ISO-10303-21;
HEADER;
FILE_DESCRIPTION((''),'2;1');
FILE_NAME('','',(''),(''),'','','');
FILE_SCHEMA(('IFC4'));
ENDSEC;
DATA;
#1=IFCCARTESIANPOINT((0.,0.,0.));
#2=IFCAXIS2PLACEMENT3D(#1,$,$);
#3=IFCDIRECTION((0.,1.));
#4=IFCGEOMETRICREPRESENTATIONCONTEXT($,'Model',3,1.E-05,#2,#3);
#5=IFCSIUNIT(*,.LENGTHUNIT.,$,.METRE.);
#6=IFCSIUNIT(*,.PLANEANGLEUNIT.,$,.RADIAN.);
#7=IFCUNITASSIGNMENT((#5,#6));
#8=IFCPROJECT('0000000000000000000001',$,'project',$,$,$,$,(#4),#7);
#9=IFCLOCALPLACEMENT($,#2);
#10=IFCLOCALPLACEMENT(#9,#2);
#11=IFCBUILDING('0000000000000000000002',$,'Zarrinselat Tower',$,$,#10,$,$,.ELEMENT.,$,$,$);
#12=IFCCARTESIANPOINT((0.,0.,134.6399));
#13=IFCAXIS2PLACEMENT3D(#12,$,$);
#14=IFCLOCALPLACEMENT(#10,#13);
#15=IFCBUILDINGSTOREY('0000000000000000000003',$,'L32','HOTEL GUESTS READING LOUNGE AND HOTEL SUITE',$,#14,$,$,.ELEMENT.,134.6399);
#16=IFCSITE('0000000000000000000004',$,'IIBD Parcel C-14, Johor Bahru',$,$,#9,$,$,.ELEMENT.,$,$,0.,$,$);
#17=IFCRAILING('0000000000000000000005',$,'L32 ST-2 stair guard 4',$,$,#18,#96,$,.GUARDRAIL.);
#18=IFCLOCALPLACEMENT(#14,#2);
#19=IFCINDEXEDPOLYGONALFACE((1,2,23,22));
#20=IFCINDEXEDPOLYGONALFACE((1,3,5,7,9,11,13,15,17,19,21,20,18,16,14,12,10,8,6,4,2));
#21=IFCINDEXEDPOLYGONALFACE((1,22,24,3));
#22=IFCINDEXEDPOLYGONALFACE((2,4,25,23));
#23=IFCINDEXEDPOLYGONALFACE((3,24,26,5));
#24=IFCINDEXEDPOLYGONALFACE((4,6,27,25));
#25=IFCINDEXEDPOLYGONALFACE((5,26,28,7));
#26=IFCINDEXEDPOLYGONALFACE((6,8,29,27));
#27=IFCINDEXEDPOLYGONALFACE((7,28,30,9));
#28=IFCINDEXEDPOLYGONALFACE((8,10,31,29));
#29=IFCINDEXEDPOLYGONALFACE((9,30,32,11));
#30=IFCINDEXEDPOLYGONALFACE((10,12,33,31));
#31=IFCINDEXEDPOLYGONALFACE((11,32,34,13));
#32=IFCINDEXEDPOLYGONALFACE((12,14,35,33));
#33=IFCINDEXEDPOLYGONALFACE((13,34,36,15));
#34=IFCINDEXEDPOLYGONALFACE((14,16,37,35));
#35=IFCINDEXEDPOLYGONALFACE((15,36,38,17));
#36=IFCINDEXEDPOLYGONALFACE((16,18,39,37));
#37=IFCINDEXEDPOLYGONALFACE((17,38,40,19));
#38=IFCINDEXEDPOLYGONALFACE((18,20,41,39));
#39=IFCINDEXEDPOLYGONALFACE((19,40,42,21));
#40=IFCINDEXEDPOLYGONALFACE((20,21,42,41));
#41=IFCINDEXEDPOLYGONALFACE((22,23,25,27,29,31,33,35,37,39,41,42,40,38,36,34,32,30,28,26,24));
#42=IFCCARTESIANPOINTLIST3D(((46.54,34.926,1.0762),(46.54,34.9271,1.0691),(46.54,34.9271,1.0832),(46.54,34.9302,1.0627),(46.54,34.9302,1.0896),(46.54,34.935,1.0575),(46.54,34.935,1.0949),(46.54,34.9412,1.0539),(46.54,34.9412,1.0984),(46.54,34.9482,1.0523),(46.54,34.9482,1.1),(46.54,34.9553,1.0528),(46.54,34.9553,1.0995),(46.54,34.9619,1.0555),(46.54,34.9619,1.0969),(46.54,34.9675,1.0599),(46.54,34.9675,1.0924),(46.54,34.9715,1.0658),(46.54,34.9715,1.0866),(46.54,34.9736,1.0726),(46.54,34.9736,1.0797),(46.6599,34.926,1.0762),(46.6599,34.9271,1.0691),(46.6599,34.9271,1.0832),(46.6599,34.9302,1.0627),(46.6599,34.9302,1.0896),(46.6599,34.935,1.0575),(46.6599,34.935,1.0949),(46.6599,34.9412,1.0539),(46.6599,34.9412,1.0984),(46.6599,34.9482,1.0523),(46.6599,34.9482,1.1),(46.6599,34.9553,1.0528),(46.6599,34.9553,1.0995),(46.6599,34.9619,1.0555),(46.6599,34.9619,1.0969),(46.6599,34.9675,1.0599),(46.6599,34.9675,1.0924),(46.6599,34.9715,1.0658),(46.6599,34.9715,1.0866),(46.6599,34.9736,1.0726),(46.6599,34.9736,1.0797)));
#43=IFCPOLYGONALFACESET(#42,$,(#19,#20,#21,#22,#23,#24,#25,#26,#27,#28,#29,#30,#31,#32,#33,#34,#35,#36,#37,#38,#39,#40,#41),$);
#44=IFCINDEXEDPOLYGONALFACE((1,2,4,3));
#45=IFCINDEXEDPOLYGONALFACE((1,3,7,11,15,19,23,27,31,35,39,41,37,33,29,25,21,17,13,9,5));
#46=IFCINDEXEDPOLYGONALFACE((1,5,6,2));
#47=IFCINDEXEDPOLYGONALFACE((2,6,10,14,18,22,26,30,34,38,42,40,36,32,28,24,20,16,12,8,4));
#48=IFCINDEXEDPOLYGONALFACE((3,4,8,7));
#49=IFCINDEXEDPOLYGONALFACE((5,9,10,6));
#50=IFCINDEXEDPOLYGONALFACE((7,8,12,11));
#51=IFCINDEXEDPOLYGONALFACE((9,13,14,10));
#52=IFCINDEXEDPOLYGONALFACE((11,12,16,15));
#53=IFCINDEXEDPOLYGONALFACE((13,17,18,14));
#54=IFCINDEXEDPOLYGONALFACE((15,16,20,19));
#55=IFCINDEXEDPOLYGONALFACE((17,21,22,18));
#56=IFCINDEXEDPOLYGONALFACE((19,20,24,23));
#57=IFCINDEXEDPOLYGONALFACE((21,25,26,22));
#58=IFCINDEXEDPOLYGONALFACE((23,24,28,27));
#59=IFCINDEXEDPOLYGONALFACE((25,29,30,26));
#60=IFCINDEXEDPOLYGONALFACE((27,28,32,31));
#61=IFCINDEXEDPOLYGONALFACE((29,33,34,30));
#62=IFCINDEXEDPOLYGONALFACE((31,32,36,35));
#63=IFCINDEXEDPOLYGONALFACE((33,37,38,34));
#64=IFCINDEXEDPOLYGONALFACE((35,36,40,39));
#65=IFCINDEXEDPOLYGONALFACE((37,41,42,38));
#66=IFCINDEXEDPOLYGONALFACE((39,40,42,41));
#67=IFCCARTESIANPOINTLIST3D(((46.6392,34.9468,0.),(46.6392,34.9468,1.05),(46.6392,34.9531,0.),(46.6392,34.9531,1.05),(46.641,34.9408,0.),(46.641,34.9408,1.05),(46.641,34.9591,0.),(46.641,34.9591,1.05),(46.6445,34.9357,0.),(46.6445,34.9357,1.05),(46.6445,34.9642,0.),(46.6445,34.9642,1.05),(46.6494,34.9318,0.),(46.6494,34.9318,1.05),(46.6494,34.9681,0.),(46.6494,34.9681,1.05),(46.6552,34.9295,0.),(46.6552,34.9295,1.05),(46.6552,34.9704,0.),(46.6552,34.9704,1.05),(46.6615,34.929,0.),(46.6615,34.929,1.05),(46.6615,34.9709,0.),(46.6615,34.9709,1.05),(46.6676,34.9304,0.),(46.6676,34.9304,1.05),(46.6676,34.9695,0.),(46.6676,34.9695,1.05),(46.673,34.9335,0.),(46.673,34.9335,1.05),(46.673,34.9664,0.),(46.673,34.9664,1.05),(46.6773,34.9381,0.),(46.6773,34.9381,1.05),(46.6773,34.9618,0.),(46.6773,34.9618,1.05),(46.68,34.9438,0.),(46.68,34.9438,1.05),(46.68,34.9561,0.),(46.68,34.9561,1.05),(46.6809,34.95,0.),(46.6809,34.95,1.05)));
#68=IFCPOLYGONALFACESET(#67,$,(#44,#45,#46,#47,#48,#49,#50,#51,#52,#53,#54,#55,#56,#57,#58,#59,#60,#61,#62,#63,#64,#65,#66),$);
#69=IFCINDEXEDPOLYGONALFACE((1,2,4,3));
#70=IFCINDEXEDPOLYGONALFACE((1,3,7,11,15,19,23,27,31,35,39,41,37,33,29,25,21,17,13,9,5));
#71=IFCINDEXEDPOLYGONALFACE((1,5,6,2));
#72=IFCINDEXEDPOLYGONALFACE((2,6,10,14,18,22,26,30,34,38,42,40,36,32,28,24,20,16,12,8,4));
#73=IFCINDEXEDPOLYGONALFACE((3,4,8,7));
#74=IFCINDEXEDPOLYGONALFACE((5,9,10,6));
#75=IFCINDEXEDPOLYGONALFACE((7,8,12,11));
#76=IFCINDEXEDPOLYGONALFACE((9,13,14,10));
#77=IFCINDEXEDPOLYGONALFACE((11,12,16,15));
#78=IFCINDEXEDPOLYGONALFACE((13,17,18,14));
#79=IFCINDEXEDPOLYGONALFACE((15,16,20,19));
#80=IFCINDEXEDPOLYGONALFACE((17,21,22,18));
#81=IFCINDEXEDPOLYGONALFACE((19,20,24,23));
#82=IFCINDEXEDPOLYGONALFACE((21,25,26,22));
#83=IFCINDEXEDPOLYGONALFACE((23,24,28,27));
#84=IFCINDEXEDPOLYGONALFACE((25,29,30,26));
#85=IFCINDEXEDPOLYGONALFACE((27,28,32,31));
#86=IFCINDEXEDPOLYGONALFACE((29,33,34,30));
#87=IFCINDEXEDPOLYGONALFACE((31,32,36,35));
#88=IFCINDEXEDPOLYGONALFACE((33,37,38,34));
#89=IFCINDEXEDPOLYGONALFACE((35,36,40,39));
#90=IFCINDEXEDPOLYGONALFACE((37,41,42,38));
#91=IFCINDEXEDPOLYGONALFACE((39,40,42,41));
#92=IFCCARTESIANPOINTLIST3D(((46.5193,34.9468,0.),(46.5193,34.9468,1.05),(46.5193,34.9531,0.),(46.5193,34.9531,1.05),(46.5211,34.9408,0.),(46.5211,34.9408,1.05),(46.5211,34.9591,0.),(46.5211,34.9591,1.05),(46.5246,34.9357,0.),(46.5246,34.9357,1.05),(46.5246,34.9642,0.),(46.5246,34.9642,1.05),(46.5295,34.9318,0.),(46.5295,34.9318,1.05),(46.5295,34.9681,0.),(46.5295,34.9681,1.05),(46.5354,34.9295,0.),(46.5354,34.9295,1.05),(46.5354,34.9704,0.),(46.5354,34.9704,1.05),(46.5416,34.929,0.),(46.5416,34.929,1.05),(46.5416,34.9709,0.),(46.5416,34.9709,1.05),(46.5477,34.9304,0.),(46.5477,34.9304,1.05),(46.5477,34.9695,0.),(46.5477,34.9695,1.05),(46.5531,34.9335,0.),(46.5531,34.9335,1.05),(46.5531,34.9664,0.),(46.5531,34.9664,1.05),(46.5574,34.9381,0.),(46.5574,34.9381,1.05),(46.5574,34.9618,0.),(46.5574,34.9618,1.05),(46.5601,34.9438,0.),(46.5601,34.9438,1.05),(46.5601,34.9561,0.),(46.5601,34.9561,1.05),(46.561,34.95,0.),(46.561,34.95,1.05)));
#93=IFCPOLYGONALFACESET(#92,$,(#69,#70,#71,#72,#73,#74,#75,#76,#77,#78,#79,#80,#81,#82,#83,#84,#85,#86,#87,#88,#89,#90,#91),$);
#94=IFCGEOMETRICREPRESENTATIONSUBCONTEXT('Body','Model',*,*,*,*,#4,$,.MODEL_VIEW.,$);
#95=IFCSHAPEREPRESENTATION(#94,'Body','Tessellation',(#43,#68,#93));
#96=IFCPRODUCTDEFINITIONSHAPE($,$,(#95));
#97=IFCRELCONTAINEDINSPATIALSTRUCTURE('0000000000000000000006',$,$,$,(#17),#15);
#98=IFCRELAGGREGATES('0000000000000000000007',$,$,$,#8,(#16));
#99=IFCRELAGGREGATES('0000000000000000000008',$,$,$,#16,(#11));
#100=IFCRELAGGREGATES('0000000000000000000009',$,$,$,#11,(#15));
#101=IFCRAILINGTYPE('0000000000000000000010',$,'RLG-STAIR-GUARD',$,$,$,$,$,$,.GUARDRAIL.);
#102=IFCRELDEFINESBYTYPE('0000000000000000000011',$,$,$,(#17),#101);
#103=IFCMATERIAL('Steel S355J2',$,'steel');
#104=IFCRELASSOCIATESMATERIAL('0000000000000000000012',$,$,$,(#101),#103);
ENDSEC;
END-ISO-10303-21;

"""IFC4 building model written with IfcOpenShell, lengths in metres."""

from ifc_helpers import new_model, si_unit, direction, frame, origin, origin_2d, place, context, subcontext, project, spatial, circle, extrude, material, type_object, element, save


model = new_model("IFC4")

# Units and contexts
model_context = context("Model", 3, precision=1e-05, world=origin(), true_north=direction((0.0, 1.0)))
body_context = subcontext(model_context, "Body", "Model", "MODEL_VIEW")
ifc_project = project(units=[si_unit("LENGTHUNIT", "METRE"), si_unit("PLANEANGLEUNIT", "RADIAN")], contexts=[model_context])

# Site, building, storey
site_placement = place(None, origin())
site = spatial("IfcSite", under=ifc_project, at=site_placement, Name="IIBD Parcel C-14, Johor Bahru", CompositionType="ELEMENT", RefElevation=0.0)
building_placement = place(site_placement, origin())
building = spatial("IfcBuilding", under=site, at=building_placement, Name="Zarrinselat Tower", CompositionType="ELEMENT")
storey_placement = place(building_placement, frame((0.0, 0.0, 134.6399)))
storey = spatial("IfcBuildingStorey", under=building, at=storey_placement, Name="L32", Description="HOTEL GUESTS READING LOUNGE AND HOTEL SUITE", CompositionType="ELEMENT", Elevation=134.6399)

# Railing
ifc_material_1 = material(Name="Steel S355J2", Category="steel")
railing_type_1 = type_object("IfcRailingType", Name="RLG-STAIR-GUARD", PredefinedType="GUARDRAIL", material=ifc_material_1)
railing_1_placement = place(storey_placement, frame((46.6599, 34.95, 0.0)))
element("IfcRailing", 1, at=railing_1_placement, inside=storey, type_object=railing_type_1, Name="L32 ST-2 stair guard 4", PredefinedType="GUARDRAIL", context=body_context, shape_type="SweptSolid", body=[
    extrude(circle(Radius=0.0239, at=origin_2d()), frame((0.0, 0.0, 1.0762), z_axis=(-1.0, 0.0, 0.0), x_axis=(0.0, -1.0, 0.0)), (0.0, 0.0, 1.0), 0.1199),
    extrude(circle(Radius=0.021, at=origin_2d()), origin(), (0.0, 0.0, 1.0), 1.05),
    extrude(circle(Radius=0.021, at=origin_2d()), frame((-0.1199, 0.0, 0.0)), (0.0, 0.0, 1.0), 1.05),
])

save(model, "model.ifc")
